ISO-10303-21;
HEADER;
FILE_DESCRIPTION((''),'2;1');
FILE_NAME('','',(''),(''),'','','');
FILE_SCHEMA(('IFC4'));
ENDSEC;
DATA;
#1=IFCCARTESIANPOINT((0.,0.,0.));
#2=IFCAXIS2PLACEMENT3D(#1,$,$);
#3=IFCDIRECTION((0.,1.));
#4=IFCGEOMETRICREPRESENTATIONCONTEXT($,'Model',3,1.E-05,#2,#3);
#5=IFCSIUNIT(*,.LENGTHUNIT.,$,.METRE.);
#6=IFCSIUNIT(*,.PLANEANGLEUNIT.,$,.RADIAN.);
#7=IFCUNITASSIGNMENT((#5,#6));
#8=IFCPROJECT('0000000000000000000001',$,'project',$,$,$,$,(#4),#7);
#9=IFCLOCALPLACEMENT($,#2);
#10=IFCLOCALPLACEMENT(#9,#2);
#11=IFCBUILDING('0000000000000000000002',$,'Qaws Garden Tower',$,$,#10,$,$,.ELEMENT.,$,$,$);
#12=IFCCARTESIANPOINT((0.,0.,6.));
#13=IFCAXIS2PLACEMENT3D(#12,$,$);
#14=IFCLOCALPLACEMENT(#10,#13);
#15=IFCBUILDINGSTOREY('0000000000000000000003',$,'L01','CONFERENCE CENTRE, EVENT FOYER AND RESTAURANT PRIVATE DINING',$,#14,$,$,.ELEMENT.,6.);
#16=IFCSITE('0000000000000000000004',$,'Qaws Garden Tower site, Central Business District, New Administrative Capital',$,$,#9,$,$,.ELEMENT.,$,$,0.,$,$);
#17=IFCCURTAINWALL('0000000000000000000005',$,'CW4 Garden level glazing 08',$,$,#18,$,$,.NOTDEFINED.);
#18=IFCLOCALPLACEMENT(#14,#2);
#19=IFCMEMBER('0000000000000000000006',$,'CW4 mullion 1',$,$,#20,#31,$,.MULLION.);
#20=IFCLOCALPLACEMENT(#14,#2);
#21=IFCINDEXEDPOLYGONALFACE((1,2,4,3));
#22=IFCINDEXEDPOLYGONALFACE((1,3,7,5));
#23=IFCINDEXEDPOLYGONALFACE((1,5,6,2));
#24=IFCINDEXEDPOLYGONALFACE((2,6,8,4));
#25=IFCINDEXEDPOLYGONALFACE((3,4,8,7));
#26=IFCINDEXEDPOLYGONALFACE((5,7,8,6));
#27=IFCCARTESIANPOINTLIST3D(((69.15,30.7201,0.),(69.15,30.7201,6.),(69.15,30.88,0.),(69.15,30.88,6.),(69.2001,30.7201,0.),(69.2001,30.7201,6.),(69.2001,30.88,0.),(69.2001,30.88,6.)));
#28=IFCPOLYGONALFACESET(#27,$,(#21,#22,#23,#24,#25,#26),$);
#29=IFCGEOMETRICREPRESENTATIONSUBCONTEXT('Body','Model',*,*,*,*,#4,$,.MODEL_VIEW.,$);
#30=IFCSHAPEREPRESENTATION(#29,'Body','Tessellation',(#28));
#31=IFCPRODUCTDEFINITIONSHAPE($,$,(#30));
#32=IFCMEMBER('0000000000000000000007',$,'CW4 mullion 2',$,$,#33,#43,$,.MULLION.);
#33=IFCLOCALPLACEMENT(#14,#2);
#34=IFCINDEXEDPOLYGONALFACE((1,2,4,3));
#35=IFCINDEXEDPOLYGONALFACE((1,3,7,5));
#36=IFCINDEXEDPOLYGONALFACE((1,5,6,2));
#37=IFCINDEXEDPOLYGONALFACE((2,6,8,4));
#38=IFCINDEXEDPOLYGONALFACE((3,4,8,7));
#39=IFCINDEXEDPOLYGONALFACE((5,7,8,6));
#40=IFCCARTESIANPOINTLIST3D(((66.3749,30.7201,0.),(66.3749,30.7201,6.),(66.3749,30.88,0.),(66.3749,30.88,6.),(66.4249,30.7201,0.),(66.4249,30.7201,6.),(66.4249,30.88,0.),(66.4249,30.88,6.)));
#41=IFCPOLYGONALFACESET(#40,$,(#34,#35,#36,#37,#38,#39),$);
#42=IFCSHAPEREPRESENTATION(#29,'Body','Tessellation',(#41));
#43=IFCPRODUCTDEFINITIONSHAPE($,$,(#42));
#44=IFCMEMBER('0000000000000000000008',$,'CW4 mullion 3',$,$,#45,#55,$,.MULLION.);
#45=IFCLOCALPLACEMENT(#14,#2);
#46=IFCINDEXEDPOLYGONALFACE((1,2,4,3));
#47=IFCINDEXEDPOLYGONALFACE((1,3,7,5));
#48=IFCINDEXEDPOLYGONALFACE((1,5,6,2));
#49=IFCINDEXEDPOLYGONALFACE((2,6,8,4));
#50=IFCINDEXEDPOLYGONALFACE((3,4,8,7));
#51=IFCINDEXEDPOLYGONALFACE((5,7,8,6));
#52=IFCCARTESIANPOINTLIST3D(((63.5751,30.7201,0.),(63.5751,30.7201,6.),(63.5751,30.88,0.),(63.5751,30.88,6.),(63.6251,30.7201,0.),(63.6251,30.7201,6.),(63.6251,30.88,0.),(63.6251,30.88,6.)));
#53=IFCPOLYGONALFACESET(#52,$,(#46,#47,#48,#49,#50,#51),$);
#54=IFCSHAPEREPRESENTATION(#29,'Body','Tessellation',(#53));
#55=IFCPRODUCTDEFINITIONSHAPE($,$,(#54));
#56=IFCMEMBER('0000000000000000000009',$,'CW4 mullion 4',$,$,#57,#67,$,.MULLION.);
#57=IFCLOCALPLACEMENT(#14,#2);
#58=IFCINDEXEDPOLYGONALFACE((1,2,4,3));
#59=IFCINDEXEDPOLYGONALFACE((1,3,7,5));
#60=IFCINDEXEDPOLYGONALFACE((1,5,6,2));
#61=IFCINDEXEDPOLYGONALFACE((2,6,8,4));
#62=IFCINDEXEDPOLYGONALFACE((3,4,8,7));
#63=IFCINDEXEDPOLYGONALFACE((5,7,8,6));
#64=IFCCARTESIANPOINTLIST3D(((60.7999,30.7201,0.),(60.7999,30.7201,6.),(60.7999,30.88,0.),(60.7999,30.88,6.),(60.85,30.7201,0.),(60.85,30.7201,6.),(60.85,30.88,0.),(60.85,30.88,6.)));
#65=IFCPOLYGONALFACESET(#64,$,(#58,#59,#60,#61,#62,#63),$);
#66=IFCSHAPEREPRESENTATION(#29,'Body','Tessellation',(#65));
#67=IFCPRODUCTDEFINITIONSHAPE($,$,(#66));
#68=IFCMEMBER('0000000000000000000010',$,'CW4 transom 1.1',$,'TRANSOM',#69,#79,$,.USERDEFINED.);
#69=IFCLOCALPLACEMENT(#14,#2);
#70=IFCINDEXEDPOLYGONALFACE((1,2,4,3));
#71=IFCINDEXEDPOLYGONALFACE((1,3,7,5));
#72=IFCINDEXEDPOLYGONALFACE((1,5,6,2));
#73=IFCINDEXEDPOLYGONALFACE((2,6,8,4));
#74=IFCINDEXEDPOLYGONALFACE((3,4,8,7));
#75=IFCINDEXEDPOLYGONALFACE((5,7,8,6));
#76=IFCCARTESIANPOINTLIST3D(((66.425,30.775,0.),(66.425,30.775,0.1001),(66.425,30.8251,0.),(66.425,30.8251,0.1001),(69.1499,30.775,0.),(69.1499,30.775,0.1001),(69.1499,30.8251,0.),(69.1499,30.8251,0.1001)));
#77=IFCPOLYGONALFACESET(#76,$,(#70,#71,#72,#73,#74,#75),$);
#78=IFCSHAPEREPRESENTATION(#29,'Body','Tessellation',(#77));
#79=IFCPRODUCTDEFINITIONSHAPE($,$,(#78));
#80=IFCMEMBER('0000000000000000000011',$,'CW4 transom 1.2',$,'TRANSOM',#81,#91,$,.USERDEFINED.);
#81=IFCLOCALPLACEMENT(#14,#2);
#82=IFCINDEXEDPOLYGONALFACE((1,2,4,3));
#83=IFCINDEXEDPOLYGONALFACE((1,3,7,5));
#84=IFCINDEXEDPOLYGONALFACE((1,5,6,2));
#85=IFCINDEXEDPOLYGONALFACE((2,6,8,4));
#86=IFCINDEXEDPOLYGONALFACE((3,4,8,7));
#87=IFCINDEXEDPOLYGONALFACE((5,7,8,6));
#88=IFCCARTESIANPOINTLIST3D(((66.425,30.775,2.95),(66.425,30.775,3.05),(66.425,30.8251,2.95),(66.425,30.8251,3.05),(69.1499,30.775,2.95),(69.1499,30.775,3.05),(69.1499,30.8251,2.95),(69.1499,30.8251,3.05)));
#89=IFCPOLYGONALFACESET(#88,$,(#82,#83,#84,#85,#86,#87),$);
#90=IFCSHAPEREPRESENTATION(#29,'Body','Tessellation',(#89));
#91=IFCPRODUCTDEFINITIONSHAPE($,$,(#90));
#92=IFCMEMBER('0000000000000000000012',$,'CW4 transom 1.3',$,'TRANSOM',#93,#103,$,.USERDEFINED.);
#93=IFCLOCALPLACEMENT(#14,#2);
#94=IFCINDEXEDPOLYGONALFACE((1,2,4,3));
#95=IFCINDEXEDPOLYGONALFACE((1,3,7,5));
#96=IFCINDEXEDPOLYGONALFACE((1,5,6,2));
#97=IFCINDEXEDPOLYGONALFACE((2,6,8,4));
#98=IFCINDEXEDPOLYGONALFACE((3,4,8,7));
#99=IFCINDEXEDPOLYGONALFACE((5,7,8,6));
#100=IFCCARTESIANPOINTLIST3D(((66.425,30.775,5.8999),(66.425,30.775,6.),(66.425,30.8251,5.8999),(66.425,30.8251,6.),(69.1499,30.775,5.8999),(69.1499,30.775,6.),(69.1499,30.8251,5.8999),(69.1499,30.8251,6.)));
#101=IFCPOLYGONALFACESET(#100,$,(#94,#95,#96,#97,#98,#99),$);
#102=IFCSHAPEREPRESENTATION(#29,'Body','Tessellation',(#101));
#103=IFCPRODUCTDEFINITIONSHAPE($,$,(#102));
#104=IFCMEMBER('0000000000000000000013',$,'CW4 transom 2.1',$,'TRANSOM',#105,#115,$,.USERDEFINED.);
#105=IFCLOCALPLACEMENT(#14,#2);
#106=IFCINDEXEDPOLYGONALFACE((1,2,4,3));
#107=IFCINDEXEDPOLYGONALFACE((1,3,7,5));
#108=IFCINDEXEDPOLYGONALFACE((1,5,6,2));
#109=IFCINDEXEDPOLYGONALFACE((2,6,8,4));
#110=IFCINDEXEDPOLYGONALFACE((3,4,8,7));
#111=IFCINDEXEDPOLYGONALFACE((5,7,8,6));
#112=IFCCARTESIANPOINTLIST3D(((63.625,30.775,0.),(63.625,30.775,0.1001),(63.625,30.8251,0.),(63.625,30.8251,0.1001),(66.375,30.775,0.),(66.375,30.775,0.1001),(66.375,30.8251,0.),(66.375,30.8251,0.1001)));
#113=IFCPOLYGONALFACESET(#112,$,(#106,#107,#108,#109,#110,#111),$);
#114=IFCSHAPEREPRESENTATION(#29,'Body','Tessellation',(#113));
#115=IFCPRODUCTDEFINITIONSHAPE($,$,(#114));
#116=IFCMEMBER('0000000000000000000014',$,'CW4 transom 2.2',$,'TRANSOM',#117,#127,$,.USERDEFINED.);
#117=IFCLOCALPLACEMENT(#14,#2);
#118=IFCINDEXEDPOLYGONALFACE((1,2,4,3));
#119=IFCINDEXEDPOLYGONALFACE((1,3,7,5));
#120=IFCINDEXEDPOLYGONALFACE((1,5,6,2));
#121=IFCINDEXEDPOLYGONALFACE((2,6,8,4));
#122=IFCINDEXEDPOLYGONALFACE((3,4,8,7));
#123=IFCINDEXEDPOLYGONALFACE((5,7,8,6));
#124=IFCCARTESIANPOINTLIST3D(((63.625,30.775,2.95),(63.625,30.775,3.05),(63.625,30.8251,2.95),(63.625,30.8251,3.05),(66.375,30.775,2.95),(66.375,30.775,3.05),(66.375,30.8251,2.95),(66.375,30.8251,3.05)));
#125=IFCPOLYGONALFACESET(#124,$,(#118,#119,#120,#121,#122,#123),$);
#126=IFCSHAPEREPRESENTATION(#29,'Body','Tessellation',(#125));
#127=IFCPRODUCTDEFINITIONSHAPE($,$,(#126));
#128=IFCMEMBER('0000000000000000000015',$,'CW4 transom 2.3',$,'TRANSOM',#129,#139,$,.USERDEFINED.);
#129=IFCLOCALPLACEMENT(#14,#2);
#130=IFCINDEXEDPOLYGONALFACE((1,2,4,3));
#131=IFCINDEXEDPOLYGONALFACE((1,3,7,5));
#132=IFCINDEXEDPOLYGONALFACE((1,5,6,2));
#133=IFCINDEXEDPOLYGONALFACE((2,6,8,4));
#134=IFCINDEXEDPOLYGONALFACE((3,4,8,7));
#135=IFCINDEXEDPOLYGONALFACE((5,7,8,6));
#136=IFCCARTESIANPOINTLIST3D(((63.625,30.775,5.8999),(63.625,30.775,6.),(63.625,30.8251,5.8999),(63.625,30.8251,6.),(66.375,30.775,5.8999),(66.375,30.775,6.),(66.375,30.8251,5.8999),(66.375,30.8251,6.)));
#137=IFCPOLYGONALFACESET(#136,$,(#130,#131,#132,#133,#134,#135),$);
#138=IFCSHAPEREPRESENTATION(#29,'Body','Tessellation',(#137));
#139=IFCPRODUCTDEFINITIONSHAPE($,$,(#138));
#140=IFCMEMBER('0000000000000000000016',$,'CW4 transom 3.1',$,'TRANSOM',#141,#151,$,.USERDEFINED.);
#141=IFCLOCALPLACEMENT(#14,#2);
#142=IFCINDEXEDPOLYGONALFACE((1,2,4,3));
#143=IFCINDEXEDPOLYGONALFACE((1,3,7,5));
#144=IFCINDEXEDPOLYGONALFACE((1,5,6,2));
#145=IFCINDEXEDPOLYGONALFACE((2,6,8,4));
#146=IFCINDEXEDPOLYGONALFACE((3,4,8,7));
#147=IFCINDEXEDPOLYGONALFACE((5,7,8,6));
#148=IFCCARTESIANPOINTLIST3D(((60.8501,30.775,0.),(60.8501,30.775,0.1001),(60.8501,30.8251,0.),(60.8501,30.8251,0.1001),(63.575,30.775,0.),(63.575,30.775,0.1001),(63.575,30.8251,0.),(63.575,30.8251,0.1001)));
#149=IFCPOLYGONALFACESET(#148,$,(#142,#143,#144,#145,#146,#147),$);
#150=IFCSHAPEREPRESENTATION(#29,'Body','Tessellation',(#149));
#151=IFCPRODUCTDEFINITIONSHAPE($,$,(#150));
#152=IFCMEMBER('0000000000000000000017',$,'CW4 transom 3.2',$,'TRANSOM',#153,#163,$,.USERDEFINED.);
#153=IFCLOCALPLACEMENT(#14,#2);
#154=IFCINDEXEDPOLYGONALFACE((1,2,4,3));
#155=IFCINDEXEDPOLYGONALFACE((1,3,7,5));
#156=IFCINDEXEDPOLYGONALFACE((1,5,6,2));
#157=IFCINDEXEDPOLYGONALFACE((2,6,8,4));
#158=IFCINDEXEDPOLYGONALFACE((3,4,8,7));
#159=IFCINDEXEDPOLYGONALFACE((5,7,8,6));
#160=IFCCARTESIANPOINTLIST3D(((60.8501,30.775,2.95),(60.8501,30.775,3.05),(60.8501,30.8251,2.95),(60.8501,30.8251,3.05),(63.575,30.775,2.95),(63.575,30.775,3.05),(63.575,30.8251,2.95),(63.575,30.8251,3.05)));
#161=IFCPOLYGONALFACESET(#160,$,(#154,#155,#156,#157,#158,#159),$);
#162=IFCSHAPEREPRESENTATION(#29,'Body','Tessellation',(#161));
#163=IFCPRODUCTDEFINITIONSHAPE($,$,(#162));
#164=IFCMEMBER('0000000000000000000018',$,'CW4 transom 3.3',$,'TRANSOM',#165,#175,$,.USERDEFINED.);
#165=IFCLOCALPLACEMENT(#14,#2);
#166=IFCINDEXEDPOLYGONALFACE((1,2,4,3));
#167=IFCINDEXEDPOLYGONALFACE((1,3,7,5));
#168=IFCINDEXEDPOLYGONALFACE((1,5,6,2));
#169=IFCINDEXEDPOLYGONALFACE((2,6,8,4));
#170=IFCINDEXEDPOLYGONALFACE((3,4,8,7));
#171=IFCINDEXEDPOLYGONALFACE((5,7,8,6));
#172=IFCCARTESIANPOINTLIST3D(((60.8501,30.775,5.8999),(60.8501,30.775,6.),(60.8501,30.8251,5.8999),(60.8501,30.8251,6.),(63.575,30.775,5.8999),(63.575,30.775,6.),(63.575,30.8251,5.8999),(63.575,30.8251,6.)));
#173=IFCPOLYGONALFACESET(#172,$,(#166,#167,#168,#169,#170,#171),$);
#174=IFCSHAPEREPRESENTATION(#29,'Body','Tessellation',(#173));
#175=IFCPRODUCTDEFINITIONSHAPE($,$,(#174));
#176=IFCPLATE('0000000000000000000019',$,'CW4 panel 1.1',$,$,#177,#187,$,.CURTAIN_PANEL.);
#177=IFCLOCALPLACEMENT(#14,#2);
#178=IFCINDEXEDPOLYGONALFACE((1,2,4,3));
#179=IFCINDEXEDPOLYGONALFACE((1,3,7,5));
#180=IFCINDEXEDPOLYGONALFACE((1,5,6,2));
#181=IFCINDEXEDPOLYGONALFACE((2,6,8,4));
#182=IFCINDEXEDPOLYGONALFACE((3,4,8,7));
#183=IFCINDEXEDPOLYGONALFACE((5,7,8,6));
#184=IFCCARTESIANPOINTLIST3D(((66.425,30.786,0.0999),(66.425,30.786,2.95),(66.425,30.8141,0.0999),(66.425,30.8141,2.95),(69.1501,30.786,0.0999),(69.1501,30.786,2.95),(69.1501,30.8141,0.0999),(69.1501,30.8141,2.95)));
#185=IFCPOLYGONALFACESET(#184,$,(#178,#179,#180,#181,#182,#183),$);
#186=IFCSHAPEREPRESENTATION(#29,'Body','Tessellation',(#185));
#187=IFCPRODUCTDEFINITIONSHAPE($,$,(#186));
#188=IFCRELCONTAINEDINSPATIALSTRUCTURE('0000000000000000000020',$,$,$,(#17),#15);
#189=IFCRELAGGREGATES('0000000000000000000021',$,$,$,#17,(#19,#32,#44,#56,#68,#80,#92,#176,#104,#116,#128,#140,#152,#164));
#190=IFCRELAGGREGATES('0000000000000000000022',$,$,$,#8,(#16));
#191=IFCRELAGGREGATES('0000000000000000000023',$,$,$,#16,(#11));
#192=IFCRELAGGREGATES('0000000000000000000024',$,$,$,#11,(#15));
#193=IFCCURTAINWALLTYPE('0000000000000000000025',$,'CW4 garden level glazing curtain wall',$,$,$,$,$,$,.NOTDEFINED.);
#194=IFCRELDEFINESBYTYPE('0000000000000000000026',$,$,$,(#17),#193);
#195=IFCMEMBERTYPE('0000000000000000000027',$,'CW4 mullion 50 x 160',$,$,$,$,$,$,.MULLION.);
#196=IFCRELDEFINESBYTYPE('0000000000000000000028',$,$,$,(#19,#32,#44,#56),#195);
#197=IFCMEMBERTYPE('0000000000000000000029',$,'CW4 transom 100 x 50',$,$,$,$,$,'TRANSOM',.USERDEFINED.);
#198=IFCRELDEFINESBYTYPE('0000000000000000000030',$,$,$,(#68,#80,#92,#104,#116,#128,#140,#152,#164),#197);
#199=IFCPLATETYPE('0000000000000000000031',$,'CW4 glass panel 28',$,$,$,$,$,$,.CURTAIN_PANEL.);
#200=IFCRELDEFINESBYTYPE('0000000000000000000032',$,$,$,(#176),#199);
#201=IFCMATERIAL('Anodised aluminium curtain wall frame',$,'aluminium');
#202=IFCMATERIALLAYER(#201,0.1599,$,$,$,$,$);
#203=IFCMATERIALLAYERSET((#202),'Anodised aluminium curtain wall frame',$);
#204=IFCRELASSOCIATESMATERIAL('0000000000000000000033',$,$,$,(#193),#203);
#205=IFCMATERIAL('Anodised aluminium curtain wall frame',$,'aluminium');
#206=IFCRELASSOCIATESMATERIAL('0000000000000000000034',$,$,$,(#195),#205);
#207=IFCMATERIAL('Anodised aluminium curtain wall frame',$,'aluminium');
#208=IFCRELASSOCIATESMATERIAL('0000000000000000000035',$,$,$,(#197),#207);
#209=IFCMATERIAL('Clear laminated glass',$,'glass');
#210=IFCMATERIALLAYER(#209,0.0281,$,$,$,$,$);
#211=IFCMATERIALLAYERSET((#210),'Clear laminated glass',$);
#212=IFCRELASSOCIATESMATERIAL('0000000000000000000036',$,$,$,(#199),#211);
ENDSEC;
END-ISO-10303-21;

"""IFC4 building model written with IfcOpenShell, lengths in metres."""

from ifc_helpers import new_model, si_unit, direction, frame, origin, origin_2d, place, context, subcontext, project, spatial, rectangle, extrude, material, layer, layer_set, material_profile, profile_set, type_object, element, aggregate, save


model = new_model("IFC4")

# Units and contexts
model_context = context("Model", 3, precision=1e-05, world=origin(), true_north=direction((0.0, 1.0)))
body_context = subcontext(model_context, "Body", "Model", "MODEL_VIEW")
ifc_project = project(units=[si_unit("LENGTHUNIT", "METRE"), si_unit("PLANEANGLEUNIT", "RADIAN")], contexts=[model_context])

# Site, building, storey
site_placement = place(None, origin())
site = spatial("IfcSite", under=ifc_project, at=site_placement, Name="Qaws Garden Tower site, Central Business District, New Administrative Capital", CompositionType="ELEMENT", RefElevation=0.0)
building_placement = place(site_placement, origin())
building = spatial("IfcBuilding", under=site, at=building_placement, Name="Qaws Garden Tower", CompositionType="ELEMENT")
storey_placement = place(building_placement, frame((0.0, 0.0, 6.0)))
storey = spatial("IfcBuildingStorey", under=building, at=storey_placement, Name="L01", Description="CONFERENCE CENTRE, EVENT FOYER AND RESTAURANT PRIVATE DINING", CompositionType="ELEMENT", Elevation=6.0)

# Curtain wall, members, plate
ifc_material_1 = material(Name="Anodised aluminium curtain wall frame", Category="aluminium")
ifc_layer_1 = layer(ifc_material_1, 0.1599)
ifc_layer_set_1 = layer_set([ifc_layer_1], Name="Anodised aluminium curtain wall frame")
curtain_wall_type = type_object("IfcCurtainWallType", Name="CW4 garden level glazing curtain wall", PredefinedType="NOTDEFINED", material=ifc_layer_set_1)
curtain_wall_placement = place(storey_placement, origin())
curtain_wall = element("IfcCurtainWall", 1, at=curtain_wall_placement, inside=storey, type_object=curtain_wall_type, Name="CW4 Garden level glazing 08", PredefinedType="NOTDEFINED")
ifc_material_2 = material(Name="Anodised aluminium curtain wall frame", Category="aluminium")
ifc_material_profile_1 = material_profile(ifc_material_2, rectangle(XDim=0.1599, YDim=0.05, at=origin_2d()), Name="AL 50x160")
ifc_profile_set_1 = profile_set([ifc_material_profile_1], Name="Anodised aluminium curtain wall frame")
member_type_1 = type_object("IfcMemberType", Name="CW4 mullion 50 x 160", PredefinedType="MULLION", material=ifc_profile_set_1)
member_1_placement = place(storey_placement, frame((69.175, 30.8, 0.0), z_axis=(0.0, 0.0, 1.0), x_axis=(0.0, -1.0, 0.0)))
member_1 = element("IfcMember", 2, at=member_1_placement, type_object=member_type_1, Name="CW4 mullion 1", PredefinedType="MULLION", context=body_context, shape_type="SweptSolid", body=[
    extrude(rectangle(XDim=0.1599, YDim=0.05, at=origin_2d()), origin(), (0.0, 0.0, 1.0), 6.0),
])
member_2_placement = place(storey_placement, frame((66.3999, 30.8, 0.0), z_axis=(0.0, 0.0, 1.0), x_axis=(0.0, -1.0, 0.0)))
member_2 = element("IfcMember", 3, at=member_2_placement, type_object=member_type_1, Name="CW4 mullion 2", PredefinedType="MULLION", context=body_context, shape_type="SweptSolid", body=[
    extrude(rectangle(XDim=0.1599, YDim=0.05, at=origin_2d()), origin(), (0.0, 0.0, 1.0), 6.0),
])
member_3_placement = place(storey_placement, frame((63.6001, 30.8, 0.0), z_axis=(0.0, 0.0, 1.0), x_axis=(0.0, -1.0, 0.0)))
member_3 = element("IfcMember", 4, at=member_3_placement, type_object=member_type_1, Name="CW4 mullion 3", PredefinedType="MULLION", context=body_context, shape_type="SweptSolid", body=[
    extrude(rectangle(XDim=0.1599, YDim=0.05, at=origin_2d()), origin(), (0.0, 0.0, 1.0), 6.0),
])
member_4_placement = place(storey_placement, frame((60.825, 30.8, 0.0), z_axis=(0.0, 0.0, 1.0), x_axis=(0.0, -1.0, 0.0)))
member_4 = element("IfcMember", 5, at=member_4_placement, type_object=member_type_1, Name="CW4 mullion 4", PredefinedType="MULLION", context=body_context, shape_type="SweptSolid", body=[
    extrude(rectangle(XDim=0.1599, YDim=0.05, at=origin_2d()), origin(), (0.0, 0.0, 1.0), 6.0),
])
ifc_material_3 = material(Name="Anodised aluminium curtain wall frame", Category="aluminium")
ifc_material_profile_2 = material_profile(ifc_material_3, rectangle(XDim=0.05, YDim=0.1001, at=origin_2d()), Name="AL 50x100")
ifc_profile_set_2 = profile_set([ifc_material_profile_2], Name="Anodised aluminium curtain wall frame")
member_type_2 = type_object("IfcMemberType", Name="CW4 transom 100 x 50", ElementType="TRANSOM", PredefinedType="USERDEFINED", material=ifc_profile_set_2)
member_5_placement = place(storey_placement, frame((69.1499, 30.8, 0.05), z_axis=(-1.0, 0.0, 0.0), x_axis=(0.0, -1.0, 0.0)))
member_5 = element("IfcMember", 6, at=member_5_placement, type_object=member_type_2, Name="CW4 transom 1.1", ObjectType="TRANSOM", PredefinedType="USERDEFINED", context=body_context, shape_type="SweptSolid", body=[
    extrude(rectangle(XDim=0.05, YDim=0.1001, at=origin_2d()), origin(), (0.0, 0.0, 1.0), 2.7249),
])
member_6_placement = place(storey_placement, frame((69.1499, 30.8, 3.0), z_axis=(-1.0, 0.0, 0.0), x_axis=(0.0, -1.0, 0.0)))
member_6 = element("IfcMember", 7, at=member_6_placement, type_object=member_type_2, Name="CW4 transom 1.2", ObjectType="TRANSOM", PredefinedType="USERDEFINED", context=body_context, shape_type="SweptSolid", body=[
    extrude(rectangle(XDim=0.05, YDim=0.1001, at=origin_2d()), origin(), (0.0, 0.0, 1.0), 2.7249),
])
member_7_placement = place(storey_placement, frame((69.1499, 30.8, 5.95), z_axis=(-1.0, 0.0, 0.0), x_axis=(0.0, -1.0, 0.0)))
member_7 = element("IfcMember", 8, at=member_7_placement, type_object=member_type_2, Name="CW4 transom 1.3", ObjectType="TRANSOM", PredefinedType="USERDEFINED", context=body_context, shape_type="SweptSolid", body=[
    extrude(rectangle(XDim=0.05, YDim=0.1001, at=origin_2d()), origin(), (0.0, 0.0, 1.0), 2.7249),
])
member_8_placement = place(storey_placement, frame((66.375, 30.8, 0.05), z_axis=(-1.0, 0.0, 0.0), x_axis=(0.0, -1.0, 0.0)))
member_8 = element("IfcMember", 9, at=member_8_placement, type_object=member_type_2, Name="CW4 transom 2.1", ObjectType="TRANSOM", PredefinedType="USERDEFINED", context=body_context, shape_type="SweptSolid", body=[
    extrude(rectangle(XDim=0.05, YDim=0.1001, at=origin_2d()), origin(), (0.0, 0.0, 1.0), 2.75),
])
member_9_placement = place(storey_placement, frame((66.375, 30.8, 3.0), z_axis=(-1.0, 0.0, 0.0), x_axis=(0.0, -1.0, 0.0)))
member_9 = element("IfcMember", 10, at=member_9_placement, type_object=member_type_2, Name="CW4 transom 2.2", ObjectType="TRANSOM", PredefinedType="USERDEFINED", context=body_context, shape_type="SweptSolid", body=[
    extrude(rectangle(XDim=0.05, YDim=0.1001, at=origin_2d()), origin(), (0.0, 0.0, 1.0), 2.75),
])
member_10_placement = place(storey_placement, frame((66.375, 30.8, 5.95), z_axis=(-1.0, 0.0, 0.0), x_axis=(0.0, -1.0, 0.0)))
member_10 = element("IfcMember", 11, at=member_10_placement, type_object=member_type_2, Name="CW4 transom 2.3", ObjectType="TRANSOM", PredefinedType="USERDEFINED", context=body_context, shape_type="SweptSolid", body=[
    extrude(rectangle(XDim=0.05, YDim=0.1001, at=origin_2d()), origin(), (0.0, 0.0, 1.0), 2.75),
])
member_11_placement = place(storey_placement, frame((63.575, 30.8, 0.05), z_axis=(-1.0, 0.0, 0.0), x_axis=(0.0, -1.0, 0.0)))
member_11 = element("IfcMember", 12, at=member_11_placement, type_object=member_type_2, Name="CW4 transom 3.1", ObjectType="TRANSOM", PredefinedType="USERDEFINED", context=body_context, shape_type="SweptSolid", body=[
    extrude(rectangle(XDim=0.05, YDim=0.1001, at=origin_2d()), origin(), (0.0, 0.0, 1.0), 2.7249),
])
member_12_placement = place(storey_placement, frame((63.575, 30.8, 3.0), z_axis=(-1.0, 0.0, 0.0), x_axis=(0.0, -1.0, 0.0)))
member_12 = element("IfcMember", 13, at=member_12_placement, type_object=member_type_2, Name="CW4 transom 3.2", ObjectType="TRANSOM", PredefinedType="USERDEFINED", context=body_context, shape_type="SweptSolid", body=[
    extrude(rectangle(XDim=0.05, YDim=0.1001, at=origin_2d()), origin(), (0.0, 0.0, 1.0), 2.7249),
])
member_13_placement = place(storey_placement, frame((63.575, 30.8, 5.95), z_axis=(-1.0, 0.0, 0.0), x_axis=(0.0, -1.0, 0.0)))
member_13 = element("IfcMember", 14, at=member_13_placement, type_object=member_type_2, Name="CW4 transom 3.3", ObjectType="TRANSOM", PredefinedType="USERDEFINED", context=body_context, shape_type="SweptSolid", body=[
    extrude(rectangle(XDim=0.05, YDim=0.1001, at=origin_2d()), origin(), (0.0, 0.0, 1.0), 2.7249),
])
ifc_material_4 = material(Name="Clear laminated glass", Category="glass")
ifc_layer_2 = layer(ifc_material_4, 0.0281)
ifc_layer_set_2 = layer_set([ifc_layer_2], Name="Clear laminated glass")
plate_type = type_object("IfcPlateType", Name="CW4 glass panel 28", PredefinedType="CURTAIN_PANEL", material=ifc_layer_set_2)
plate_1_placement = place(storey_placement, frame((67.7876, 30.8, 0.0999), z_axis=(0.0, 0.0, 1.0), x_axis=(-1.0, 0.0, 0.0)))
plate_1 = element("IfcPlate", 15, at=plate_1_placement, type_object=plate_type, Name="CW4 panel 1.1", PredefinedType="CURTAIN_PANEL", context=body_context, shape_type="SweptSolid", body=[
    extrude(rectangle(XDim=2.7251, YDim=0.0281, at=origin_2d()), origin(), (0.0, 0.0, 1.0), 2.8501),
])
aggregate(curtain_wall, [member_1, member_2, member_3, member_4, member_5, member_6, member_7, plate_1, member_8, member_9, member_10, member_11, member_12, member_13])

save(model, "model.ifc")
